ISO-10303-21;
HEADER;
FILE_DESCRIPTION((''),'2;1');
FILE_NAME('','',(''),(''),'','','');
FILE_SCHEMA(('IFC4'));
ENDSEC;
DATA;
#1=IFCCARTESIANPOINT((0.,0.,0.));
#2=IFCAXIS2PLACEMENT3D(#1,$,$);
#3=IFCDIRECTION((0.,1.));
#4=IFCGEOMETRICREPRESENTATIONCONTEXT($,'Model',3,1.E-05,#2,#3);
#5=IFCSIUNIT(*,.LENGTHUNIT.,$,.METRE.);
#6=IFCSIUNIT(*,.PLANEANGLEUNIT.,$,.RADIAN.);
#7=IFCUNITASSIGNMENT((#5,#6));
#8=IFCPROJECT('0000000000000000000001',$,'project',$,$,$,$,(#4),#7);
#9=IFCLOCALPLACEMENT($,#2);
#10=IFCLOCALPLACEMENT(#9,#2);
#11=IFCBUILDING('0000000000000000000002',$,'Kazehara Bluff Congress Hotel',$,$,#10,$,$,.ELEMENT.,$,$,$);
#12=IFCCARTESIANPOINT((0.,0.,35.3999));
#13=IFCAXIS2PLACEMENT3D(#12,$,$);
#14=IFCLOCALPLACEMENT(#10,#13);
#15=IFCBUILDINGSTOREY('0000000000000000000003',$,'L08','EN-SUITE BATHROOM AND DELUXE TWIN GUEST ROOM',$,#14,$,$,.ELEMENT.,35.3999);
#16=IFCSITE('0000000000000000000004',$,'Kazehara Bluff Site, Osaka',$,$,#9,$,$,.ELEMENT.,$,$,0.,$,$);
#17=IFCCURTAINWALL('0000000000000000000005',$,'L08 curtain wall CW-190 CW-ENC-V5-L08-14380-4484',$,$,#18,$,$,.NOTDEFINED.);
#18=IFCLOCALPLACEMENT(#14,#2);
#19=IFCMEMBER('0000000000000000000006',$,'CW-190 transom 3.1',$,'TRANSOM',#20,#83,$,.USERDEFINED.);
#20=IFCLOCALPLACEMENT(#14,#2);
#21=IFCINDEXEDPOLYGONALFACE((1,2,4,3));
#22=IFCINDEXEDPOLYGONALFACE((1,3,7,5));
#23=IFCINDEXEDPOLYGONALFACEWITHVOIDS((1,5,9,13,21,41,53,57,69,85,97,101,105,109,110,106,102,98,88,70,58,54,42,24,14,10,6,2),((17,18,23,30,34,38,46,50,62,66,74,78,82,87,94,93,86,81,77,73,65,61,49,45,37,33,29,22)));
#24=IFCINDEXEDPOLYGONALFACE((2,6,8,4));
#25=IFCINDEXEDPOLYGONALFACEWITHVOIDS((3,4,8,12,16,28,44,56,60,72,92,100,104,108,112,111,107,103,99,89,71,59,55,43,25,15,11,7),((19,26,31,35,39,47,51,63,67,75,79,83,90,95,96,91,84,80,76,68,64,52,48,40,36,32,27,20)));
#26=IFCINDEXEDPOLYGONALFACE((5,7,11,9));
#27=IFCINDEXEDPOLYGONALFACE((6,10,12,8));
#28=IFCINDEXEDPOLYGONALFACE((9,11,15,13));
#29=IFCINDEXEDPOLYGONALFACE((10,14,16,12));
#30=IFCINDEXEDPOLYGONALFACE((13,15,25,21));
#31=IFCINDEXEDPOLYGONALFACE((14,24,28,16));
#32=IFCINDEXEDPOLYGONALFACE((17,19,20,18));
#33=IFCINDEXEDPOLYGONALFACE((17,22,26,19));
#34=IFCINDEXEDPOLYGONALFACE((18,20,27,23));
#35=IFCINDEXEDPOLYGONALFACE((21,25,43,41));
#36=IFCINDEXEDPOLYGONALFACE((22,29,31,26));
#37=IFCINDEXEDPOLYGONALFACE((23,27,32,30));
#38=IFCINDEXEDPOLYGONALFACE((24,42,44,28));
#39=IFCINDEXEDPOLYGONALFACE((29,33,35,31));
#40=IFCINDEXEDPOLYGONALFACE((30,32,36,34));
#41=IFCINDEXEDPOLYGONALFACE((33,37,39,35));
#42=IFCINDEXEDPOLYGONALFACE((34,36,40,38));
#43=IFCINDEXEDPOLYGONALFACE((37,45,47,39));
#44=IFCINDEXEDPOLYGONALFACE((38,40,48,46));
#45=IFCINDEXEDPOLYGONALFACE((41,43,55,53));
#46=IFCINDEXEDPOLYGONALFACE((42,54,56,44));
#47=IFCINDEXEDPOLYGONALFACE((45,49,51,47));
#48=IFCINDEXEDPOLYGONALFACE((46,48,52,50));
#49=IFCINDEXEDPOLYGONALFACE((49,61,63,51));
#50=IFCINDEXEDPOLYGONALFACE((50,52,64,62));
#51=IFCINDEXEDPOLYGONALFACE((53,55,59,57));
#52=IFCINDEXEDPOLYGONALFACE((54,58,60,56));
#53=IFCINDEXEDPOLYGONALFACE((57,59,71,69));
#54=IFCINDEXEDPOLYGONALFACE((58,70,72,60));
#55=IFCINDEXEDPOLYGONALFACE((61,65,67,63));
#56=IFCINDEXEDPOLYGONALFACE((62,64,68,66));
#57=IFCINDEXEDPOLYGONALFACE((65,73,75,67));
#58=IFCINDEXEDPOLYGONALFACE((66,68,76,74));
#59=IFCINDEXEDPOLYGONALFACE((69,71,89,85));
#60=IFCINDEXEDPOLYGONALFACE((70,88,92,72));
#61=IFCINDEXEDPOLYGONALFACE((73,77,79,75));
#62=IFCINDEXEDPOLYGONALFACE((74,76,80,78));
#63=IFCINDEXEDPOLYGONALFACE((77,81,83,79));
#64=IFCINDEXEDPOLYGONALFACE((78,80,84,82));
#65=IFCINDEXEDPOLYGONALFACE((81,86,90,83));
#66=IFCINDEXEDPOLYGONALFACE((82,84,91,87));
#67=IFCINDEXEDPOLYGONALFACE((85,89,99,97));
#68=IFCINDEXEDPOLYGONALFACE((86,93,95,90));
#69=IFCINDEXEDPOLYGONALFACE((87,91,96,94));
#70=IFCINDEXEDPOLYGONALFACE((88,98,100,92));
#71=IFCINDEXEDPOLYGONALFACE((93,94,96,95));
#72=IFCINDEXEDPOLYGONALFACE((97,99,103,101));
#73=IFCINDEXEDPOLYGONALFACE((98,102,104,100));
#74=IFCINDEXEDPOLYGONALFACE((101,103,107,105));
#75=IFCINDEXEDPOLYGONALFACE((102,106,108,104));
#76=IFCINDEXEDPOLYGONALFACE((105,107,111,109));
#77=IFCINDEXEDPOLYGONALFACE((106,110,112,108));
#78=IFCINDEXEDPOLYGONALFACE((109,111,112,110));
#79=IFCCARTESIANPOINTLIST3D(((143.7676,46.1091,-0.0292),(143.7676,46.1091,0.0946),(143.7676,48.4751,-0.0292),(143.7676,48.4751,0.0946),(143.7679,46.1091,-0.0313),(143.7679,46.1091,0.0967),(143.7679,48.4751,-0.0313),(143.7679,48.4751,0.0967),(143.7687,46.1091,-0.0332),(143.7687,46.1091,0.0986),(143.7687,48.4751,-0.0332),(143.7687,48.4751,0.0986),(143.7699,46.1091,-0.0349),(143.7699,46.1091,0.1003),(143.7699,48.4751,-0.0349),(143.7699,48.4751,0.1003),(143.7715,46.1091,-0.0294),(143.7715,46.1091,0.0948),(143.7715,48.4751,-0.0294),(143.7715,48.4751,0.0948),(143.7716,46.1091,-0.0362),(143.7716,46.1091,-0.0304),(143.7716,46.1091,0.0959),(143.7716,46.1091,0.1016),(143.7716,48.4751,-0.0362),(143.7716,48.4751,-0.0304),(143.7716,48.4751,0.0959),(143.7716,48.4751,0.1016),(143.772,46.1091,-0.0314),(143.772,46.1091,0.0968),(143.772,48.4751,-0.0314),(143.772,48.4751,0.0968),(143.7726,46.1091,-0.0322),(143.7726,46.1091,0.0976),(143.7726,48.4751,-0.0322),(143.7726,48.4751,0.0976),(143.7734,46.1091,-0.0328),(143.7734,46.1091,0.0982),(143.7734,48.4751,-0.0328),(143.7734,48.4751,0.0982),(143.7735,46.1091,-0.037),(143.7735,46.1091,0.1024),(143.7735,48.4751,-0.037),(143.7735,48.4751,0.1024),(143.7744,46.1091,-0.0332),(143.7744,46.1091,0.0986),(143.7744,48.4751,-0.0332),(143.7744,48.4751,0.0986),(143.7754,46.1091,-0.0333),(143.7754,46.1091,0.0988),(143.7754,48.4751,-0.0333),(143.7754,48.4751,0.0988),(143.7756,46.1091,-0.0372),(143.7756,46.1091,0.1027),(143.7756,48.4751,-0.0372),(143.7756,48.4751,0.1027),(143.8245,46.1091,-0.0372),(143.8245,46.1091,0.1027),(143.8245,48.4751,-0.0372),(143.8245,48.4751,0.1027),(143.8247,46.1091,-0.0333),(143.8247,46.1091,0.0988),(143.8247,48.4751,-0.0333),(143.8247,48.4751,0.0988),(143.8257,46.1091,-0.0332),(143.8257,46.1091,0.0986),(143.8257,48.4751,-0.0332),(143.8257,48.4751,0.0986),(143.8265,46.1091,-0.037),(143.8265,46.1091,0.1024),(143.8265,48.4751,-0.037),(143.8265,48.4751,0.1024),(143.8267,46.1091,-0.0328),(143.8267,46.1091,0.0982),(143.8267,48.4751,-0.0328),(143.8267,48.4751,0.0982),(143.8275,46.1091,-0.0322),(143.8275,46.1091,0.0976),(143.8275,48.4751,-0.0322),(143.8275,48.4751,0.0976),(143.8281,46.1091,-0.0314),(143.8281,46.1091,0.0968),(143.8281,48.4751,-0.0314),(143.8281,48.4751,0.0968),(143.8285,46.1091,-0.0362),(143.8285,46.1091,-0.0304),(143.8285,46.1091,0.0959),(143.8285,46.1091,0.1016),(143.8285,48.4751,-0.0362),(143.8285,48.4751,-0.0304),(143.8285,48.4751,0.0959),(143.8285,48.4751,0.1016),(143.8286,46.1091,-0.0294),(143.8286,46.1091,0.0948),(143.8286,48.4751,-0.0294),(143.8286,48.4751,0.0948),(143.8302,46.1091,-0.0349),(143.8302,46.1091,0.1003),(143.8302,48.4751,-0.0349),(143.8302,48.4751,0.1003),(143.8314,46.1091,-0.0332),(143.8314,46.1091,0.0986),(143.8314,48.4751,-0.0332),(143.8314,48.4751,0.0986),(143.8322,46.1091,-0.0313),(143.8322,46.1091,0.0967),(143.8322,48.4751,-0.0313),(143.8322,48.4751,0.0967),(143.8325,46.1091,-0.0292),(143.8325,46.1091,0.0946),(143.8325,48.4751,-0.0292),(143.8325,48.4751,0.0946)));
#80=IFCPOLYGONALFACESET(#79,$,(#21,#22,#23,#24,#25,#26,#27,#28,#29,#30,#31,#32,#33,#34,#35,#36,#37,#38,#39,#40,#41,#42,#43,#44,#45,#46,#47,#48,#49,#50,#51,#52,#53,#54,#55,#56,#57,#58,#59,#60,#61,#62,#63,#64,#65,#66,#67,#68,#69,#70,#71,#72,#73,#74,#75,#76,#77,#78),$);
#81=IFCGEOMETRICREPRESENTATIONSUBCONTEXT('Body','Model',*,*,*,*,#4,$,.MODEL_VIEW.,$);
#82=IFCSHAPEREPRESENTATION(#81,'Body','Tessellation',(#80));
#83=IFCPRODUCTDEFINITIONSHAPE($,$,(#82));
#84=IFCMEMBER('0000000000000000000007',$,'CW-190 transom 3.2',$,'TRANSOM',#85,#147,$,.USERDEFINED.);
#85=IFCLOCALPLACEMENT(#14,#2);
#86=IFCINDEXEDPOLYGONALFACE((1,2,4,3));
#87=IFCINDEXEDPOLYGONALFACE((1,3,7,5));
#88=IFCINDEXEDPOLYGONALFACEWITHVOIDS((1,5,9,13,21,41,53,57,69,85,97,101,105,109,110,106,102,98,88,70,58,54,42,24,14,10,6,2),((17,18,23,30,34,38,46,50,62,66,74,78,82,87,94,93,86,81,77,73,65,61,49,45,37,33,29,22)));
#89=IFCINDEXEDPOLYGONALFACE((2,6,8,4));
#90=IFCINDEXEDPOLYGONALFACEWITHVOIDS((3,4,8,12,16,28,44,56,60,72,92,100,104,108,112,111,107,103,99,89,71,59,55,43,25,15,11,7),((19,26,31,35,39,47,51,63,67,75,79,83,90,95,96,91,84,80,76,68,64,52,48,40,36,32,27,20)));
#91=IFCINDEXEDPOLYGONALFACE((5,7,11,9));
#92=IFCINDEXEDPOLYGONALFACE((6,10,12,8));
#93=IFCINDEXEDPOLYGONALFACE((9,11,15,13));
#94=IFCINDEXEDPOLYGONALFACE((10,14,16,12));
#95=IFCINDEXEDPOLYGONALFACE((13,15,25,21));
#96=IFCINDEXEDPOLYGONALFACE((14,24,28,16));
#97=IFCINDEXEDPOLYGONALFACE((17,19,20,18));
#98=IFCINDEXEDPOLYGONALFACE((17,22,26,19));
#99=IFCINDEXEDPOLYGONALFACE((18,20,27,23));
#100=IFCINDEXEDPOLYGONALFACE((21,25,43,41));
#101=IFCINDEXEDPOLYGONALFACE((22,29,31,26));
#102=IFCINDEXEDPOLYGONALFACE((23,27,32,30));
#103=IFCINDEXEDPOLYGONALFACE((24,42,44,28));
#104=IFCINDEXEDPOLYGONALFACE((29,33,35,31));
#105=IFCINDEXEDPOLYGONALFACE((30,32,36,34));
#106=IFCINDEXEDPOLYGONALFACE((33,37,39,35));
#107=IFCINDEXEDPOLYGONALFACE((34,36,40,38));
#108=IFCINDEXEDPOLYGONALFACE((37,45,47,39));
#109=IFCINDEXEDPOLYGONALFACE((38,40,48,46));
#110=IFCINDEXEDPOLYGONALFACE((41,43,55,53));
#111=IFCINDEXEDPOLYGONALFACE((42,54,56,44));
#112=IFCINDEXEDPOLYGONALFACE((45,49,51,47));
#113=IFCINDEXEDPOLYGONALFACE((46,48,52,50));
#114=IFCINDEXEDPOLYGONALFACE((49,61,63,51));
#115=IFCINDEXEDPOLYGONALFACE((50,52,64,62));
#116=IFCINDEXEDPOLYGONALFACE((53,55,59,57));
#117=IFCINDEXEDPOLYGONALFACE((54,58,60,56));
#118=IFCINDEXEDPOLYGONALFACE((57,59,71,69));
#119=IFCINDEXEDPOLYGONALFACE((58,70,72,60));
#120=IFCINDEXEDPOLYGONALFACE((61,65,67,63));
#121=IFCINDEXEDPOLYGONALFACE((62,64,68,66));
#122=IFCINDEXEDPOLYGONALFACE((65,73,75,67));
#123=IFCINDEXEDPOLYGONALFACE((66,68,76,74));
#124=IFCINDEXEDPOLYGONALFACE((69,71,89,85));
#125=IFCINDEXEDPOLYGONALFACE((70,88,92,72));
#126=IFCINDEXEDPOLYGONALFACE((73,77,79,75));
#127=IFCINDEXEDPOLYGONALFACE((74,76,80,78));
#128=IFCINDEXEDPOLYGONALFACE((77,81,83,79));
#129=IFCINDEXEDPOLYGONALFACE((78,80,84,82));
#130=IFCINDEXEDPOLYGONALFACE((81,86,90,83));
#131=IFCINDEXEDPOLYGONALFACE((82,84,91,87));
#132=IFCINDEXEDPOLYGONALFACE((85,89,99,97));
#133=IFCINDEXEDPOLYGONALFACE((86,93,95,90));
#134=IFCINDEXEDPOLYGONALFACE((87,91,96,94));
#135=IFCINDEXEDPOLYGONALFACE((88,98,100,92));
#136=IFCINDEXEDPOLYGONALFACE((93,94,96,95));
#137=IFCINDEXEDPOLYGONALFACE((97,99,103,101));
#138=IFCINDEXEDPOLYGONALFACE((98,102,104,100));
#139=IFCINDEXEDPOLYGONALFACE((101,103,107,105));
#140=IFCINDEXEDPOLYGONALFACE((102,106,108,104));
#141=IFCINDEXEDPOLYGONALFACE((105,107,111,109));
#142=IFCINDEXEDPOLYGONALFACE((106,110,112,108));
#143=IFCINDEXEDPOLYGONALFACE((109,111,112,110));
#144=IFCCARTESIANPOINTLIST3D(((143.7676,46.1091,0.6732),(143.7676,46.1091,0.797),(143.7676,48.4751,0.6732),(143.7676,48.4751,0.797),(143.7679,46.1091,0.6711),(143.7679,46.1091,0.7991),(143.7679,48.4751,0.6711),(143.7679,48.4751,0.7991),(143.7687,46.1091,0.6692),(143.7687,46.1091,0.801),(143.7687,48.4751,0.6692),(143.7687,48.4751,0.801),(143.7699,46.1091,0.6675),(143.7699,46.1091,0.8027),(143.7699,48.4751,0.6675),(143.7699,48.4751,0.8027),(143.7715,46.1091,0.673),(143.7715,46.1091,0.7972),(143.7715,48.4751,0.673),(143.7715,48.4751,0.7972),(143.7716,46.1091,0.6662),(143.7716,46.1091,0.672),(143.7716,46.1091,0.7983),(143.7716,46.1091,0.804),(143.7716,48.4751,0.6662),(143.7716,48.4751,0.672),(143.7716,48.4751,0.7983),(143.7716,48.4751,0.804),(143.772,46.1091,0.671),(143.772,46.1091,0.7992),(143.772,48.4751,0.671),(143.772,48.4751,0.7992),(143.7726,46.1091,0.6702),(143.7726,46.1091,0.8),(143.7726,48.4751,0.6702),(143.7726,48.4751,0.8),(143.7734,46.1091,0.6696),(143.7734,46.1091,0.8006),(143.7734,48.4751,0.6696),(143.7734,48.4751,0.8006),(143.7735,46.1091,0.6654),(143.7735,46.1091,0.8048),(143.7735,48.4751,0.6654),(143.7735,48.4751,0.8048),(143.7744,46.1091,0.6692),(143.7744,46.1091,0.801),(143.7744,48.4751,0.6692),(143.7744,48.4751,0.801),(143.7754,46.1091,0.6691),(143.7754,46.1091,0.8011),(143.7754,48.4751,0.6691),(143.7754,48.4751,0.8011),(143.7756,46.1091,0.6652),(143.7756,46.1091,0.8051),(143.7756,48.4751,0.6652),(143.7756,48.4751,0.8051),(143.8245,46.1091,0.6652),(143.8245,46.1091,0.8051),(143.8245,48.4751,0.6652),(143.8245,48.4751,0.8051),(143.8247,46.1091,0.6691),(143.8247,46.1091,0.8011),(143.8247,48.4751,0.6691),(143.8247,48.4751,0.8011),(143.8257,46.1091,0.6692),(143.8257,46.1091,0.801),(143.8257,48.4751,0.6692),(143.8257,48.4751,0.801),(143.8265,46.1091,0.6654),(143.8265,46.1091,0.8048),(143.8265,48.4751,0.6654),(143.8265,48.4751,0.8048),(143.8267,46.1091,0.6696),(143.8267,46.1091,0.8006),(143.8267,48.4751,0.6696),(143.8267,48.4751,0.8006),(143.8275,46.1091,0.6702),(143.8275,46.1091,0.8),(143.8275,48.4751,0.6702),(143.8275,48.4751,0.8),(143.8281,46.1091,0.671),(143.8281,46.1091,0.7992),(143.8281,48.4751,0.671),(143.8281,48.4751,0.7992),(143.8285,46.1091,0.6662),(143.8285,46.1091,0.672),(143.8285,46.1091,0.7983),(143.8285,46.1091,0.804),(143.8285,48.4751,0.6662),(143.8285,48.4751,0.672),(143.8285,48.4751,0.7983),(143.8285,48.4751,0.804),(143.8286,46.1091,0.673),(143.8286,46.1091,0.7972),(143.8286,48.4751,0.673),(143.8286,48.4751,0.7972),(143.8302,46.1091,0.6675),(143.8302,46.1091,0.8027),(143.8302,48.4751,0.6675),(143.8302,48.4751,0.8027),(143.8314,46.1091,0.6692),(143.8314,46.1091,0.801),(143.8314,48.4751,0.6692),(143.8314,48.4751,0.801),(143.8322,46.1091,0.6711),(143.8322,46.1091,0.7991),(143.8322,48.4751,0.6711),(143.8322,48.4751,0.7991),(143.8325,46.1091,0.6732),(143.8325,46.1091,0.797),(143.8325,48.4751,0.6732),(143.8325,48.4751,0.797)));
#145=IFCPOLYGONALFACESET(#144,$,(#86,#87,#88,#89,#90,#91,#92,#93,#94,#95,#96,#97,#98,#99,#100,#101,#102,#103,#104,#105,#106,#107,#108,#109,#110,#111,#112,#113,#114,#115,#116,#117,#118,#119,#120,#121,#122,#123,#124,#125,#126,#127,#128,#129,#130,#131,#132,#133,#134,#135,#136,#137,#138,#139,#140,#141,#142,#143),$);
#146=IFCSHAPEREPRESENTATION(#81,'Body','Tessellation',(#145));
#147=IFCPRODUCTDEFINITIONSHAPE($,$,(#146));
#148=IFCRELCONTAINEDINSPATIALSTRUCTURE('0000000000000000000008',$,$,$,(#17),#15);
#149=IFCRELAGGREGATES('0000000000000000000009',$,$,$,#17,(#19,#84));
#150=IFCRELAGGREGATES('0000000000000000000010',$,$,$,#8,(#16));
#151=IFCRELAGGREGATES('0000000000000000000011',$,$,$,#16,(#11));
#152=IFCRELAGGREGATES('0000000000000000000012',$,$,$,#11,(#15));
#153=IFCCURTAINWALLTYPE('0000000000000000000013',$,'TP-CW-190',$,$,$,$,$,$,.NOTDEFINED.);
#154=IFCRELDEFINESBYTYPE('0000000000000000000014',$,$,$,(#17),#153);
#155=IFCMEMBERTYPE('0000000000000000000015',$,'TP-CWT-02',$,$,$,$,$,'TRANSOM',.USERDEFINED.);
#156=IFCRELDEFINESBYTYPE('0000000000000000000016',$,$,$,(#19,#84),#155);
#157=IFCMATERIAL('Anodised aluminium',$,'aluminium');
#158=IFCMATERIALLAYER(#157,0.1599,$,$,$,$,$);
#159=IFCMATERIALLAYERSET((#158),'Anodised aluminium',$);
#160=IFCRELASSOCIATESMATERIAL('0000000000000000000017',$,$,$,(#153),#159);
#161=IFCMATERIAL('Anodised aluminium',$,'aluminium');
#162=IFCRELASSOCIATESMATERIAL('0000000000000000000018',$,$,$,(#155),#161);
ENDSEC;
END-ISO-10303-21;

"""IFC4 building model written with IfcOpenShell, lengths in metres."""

from ifc_helpers import new_model, si_unit, direction, frame, origin, origin_2d, place, context, subcontext, project, spatial, hollow_rectangle, extrude, material, layer, layer_set, material_profile, profile_set, type_object, element, aggregate, save


model = new_model("IFC4")

# Units and contexts
model_context = context("Model", 3, precision=1e-05, world=origin(), true_north=direction((0.0, 1.0)))
body_context = subcontext(model_context, "Body", "Model", "MODEL_VIEW")
ifc_project = project(units=[si_unit("LENGTHUNIT", "METRE"), si_unit("PLANEANGLEUNIT", "RADIAN")], contexts=[model_context])

# Site, building, storey
site_placement = place(None, origin())
site = spatial("IfcSite", under=ifc_project, at=site_placement, Name="Kazehara Bluff Site, Osaka", CompositionType="ELEMENT", RefElevation=0.0)
building_placement = place(site_placement, origin())
building = spatial("IfcBuilding", under=site, at=building_placement, Name="Kazehara Bluff Congress Hotel", CompositionType="ELEMENT")
storey_placement = place(building_placement, frame((0.0, 0.0, 35.3999)))
storey = spatial("IfcBuildingStorey", under=building, at=storey_placement, Name="L08", Description="EN-SUITE BATHROOM AND DELUXE TWIN GUEST ROOM", CompositionType="ELEMENT", Elevation=35.3999)

# Curtain wall, members
ifc_material_1 = material(Name="Anodised aluminium", Category="aluminium")
ifc_layer_1 = layer(ifc_material_1, 0.1599)
ifc_layer_set_1 = layer_set([ifc_layer_1], Name="Anodised aluminium")
curtain_wall_type_1 = type_object("IfcCurtainWallType", Name="TP-CW-190", PredefinedType="NOTDEFINED", material=ifc_layer_set_1)
curtain_wall_1_placement = place(storey_placement, origin())
curtain_wall_1 = element("IfcCurtainWall", 1, at=curtain_wall_1_placement, inside=storey, type_object=curtain_wall_type_1, Name="L08 curtain wall CW-190 CW-ENC-V5-L08-14380-4484", PredefinedType="NOTDEFINED")
ifc_material_2 = material(Name="Anodised aluminium", Category="aluminium")
ifc_material_profile_1 = material_profile(ifc_material_2, hollow_rectangle(XDim=0.0649, YDim=0.1399, WallThickness=0.0039, InnerFilletRadius=0.0039, OuterFilletRadius=0.0081, at=origin_2d()))
ifc_profile_set_1 = profile_set([ifc_material_profile_1], Name="Anodised aluminium")
member_type_1 = type_object("IfcMemberType", Name="TP-CWT-02", ElementType="TRANSOM", PredefinedType="USERDEFINED", material=ifc_profile_set_1)
member_1_placement = place(storey_placement, frame((143.8, 46.1091, 0.0327), z_axis=(0.0, 1.0, 0.0), x_axis=(-1.0, 0.0, 0.0)))
member_1 = element("IfcMember", 2, at=member_1_placement, type_object=member_type_1, Name="CW-190 transom 3.1", ObjectType="TRANSOM", PredefinedType="USERDEFINED", context=body_context, shape_type="SweptSolid", body=[
    extrude(hollow_rectangle(XDim=0.0649, YDim=0.1399, WallThickness=0.0039, InnerFilletRadius=0.0039, OuterFilletRadius=0.0081, at=origin_2d()), origin(), (0.0, 0.0, 1.0), 2.366),
])
member_2_placement = place(storey_placement, frame((143.8, 46.1091, 0.7351), z_axis=(0.0, 1.0, 0.0), x_axis=(-1.0, 0.0, 0.0)))
member_2 = element("IfcMember", 3, at=member_2_placement, type_object=member_type_1, Name="CW-190 transom 3.2", ObjectType="TRANSOM", PredefinedType="USERDEFINED", context=body_context, shape_type="SweptSolid", body=[
    extrude(hollow_rectangle(XDim=0.0649, YDim=0.1399, WallThickness=0.0039, InnerFilletRadius=0.0039, OuterFilletRadius=0.0081, at=origin_2d()), origin(), (0.0, 0.0, 1.0), 2.366),
])
aggregate(curtain_wall_1, [member_1, member_2])

save(model, "model.ifc")
